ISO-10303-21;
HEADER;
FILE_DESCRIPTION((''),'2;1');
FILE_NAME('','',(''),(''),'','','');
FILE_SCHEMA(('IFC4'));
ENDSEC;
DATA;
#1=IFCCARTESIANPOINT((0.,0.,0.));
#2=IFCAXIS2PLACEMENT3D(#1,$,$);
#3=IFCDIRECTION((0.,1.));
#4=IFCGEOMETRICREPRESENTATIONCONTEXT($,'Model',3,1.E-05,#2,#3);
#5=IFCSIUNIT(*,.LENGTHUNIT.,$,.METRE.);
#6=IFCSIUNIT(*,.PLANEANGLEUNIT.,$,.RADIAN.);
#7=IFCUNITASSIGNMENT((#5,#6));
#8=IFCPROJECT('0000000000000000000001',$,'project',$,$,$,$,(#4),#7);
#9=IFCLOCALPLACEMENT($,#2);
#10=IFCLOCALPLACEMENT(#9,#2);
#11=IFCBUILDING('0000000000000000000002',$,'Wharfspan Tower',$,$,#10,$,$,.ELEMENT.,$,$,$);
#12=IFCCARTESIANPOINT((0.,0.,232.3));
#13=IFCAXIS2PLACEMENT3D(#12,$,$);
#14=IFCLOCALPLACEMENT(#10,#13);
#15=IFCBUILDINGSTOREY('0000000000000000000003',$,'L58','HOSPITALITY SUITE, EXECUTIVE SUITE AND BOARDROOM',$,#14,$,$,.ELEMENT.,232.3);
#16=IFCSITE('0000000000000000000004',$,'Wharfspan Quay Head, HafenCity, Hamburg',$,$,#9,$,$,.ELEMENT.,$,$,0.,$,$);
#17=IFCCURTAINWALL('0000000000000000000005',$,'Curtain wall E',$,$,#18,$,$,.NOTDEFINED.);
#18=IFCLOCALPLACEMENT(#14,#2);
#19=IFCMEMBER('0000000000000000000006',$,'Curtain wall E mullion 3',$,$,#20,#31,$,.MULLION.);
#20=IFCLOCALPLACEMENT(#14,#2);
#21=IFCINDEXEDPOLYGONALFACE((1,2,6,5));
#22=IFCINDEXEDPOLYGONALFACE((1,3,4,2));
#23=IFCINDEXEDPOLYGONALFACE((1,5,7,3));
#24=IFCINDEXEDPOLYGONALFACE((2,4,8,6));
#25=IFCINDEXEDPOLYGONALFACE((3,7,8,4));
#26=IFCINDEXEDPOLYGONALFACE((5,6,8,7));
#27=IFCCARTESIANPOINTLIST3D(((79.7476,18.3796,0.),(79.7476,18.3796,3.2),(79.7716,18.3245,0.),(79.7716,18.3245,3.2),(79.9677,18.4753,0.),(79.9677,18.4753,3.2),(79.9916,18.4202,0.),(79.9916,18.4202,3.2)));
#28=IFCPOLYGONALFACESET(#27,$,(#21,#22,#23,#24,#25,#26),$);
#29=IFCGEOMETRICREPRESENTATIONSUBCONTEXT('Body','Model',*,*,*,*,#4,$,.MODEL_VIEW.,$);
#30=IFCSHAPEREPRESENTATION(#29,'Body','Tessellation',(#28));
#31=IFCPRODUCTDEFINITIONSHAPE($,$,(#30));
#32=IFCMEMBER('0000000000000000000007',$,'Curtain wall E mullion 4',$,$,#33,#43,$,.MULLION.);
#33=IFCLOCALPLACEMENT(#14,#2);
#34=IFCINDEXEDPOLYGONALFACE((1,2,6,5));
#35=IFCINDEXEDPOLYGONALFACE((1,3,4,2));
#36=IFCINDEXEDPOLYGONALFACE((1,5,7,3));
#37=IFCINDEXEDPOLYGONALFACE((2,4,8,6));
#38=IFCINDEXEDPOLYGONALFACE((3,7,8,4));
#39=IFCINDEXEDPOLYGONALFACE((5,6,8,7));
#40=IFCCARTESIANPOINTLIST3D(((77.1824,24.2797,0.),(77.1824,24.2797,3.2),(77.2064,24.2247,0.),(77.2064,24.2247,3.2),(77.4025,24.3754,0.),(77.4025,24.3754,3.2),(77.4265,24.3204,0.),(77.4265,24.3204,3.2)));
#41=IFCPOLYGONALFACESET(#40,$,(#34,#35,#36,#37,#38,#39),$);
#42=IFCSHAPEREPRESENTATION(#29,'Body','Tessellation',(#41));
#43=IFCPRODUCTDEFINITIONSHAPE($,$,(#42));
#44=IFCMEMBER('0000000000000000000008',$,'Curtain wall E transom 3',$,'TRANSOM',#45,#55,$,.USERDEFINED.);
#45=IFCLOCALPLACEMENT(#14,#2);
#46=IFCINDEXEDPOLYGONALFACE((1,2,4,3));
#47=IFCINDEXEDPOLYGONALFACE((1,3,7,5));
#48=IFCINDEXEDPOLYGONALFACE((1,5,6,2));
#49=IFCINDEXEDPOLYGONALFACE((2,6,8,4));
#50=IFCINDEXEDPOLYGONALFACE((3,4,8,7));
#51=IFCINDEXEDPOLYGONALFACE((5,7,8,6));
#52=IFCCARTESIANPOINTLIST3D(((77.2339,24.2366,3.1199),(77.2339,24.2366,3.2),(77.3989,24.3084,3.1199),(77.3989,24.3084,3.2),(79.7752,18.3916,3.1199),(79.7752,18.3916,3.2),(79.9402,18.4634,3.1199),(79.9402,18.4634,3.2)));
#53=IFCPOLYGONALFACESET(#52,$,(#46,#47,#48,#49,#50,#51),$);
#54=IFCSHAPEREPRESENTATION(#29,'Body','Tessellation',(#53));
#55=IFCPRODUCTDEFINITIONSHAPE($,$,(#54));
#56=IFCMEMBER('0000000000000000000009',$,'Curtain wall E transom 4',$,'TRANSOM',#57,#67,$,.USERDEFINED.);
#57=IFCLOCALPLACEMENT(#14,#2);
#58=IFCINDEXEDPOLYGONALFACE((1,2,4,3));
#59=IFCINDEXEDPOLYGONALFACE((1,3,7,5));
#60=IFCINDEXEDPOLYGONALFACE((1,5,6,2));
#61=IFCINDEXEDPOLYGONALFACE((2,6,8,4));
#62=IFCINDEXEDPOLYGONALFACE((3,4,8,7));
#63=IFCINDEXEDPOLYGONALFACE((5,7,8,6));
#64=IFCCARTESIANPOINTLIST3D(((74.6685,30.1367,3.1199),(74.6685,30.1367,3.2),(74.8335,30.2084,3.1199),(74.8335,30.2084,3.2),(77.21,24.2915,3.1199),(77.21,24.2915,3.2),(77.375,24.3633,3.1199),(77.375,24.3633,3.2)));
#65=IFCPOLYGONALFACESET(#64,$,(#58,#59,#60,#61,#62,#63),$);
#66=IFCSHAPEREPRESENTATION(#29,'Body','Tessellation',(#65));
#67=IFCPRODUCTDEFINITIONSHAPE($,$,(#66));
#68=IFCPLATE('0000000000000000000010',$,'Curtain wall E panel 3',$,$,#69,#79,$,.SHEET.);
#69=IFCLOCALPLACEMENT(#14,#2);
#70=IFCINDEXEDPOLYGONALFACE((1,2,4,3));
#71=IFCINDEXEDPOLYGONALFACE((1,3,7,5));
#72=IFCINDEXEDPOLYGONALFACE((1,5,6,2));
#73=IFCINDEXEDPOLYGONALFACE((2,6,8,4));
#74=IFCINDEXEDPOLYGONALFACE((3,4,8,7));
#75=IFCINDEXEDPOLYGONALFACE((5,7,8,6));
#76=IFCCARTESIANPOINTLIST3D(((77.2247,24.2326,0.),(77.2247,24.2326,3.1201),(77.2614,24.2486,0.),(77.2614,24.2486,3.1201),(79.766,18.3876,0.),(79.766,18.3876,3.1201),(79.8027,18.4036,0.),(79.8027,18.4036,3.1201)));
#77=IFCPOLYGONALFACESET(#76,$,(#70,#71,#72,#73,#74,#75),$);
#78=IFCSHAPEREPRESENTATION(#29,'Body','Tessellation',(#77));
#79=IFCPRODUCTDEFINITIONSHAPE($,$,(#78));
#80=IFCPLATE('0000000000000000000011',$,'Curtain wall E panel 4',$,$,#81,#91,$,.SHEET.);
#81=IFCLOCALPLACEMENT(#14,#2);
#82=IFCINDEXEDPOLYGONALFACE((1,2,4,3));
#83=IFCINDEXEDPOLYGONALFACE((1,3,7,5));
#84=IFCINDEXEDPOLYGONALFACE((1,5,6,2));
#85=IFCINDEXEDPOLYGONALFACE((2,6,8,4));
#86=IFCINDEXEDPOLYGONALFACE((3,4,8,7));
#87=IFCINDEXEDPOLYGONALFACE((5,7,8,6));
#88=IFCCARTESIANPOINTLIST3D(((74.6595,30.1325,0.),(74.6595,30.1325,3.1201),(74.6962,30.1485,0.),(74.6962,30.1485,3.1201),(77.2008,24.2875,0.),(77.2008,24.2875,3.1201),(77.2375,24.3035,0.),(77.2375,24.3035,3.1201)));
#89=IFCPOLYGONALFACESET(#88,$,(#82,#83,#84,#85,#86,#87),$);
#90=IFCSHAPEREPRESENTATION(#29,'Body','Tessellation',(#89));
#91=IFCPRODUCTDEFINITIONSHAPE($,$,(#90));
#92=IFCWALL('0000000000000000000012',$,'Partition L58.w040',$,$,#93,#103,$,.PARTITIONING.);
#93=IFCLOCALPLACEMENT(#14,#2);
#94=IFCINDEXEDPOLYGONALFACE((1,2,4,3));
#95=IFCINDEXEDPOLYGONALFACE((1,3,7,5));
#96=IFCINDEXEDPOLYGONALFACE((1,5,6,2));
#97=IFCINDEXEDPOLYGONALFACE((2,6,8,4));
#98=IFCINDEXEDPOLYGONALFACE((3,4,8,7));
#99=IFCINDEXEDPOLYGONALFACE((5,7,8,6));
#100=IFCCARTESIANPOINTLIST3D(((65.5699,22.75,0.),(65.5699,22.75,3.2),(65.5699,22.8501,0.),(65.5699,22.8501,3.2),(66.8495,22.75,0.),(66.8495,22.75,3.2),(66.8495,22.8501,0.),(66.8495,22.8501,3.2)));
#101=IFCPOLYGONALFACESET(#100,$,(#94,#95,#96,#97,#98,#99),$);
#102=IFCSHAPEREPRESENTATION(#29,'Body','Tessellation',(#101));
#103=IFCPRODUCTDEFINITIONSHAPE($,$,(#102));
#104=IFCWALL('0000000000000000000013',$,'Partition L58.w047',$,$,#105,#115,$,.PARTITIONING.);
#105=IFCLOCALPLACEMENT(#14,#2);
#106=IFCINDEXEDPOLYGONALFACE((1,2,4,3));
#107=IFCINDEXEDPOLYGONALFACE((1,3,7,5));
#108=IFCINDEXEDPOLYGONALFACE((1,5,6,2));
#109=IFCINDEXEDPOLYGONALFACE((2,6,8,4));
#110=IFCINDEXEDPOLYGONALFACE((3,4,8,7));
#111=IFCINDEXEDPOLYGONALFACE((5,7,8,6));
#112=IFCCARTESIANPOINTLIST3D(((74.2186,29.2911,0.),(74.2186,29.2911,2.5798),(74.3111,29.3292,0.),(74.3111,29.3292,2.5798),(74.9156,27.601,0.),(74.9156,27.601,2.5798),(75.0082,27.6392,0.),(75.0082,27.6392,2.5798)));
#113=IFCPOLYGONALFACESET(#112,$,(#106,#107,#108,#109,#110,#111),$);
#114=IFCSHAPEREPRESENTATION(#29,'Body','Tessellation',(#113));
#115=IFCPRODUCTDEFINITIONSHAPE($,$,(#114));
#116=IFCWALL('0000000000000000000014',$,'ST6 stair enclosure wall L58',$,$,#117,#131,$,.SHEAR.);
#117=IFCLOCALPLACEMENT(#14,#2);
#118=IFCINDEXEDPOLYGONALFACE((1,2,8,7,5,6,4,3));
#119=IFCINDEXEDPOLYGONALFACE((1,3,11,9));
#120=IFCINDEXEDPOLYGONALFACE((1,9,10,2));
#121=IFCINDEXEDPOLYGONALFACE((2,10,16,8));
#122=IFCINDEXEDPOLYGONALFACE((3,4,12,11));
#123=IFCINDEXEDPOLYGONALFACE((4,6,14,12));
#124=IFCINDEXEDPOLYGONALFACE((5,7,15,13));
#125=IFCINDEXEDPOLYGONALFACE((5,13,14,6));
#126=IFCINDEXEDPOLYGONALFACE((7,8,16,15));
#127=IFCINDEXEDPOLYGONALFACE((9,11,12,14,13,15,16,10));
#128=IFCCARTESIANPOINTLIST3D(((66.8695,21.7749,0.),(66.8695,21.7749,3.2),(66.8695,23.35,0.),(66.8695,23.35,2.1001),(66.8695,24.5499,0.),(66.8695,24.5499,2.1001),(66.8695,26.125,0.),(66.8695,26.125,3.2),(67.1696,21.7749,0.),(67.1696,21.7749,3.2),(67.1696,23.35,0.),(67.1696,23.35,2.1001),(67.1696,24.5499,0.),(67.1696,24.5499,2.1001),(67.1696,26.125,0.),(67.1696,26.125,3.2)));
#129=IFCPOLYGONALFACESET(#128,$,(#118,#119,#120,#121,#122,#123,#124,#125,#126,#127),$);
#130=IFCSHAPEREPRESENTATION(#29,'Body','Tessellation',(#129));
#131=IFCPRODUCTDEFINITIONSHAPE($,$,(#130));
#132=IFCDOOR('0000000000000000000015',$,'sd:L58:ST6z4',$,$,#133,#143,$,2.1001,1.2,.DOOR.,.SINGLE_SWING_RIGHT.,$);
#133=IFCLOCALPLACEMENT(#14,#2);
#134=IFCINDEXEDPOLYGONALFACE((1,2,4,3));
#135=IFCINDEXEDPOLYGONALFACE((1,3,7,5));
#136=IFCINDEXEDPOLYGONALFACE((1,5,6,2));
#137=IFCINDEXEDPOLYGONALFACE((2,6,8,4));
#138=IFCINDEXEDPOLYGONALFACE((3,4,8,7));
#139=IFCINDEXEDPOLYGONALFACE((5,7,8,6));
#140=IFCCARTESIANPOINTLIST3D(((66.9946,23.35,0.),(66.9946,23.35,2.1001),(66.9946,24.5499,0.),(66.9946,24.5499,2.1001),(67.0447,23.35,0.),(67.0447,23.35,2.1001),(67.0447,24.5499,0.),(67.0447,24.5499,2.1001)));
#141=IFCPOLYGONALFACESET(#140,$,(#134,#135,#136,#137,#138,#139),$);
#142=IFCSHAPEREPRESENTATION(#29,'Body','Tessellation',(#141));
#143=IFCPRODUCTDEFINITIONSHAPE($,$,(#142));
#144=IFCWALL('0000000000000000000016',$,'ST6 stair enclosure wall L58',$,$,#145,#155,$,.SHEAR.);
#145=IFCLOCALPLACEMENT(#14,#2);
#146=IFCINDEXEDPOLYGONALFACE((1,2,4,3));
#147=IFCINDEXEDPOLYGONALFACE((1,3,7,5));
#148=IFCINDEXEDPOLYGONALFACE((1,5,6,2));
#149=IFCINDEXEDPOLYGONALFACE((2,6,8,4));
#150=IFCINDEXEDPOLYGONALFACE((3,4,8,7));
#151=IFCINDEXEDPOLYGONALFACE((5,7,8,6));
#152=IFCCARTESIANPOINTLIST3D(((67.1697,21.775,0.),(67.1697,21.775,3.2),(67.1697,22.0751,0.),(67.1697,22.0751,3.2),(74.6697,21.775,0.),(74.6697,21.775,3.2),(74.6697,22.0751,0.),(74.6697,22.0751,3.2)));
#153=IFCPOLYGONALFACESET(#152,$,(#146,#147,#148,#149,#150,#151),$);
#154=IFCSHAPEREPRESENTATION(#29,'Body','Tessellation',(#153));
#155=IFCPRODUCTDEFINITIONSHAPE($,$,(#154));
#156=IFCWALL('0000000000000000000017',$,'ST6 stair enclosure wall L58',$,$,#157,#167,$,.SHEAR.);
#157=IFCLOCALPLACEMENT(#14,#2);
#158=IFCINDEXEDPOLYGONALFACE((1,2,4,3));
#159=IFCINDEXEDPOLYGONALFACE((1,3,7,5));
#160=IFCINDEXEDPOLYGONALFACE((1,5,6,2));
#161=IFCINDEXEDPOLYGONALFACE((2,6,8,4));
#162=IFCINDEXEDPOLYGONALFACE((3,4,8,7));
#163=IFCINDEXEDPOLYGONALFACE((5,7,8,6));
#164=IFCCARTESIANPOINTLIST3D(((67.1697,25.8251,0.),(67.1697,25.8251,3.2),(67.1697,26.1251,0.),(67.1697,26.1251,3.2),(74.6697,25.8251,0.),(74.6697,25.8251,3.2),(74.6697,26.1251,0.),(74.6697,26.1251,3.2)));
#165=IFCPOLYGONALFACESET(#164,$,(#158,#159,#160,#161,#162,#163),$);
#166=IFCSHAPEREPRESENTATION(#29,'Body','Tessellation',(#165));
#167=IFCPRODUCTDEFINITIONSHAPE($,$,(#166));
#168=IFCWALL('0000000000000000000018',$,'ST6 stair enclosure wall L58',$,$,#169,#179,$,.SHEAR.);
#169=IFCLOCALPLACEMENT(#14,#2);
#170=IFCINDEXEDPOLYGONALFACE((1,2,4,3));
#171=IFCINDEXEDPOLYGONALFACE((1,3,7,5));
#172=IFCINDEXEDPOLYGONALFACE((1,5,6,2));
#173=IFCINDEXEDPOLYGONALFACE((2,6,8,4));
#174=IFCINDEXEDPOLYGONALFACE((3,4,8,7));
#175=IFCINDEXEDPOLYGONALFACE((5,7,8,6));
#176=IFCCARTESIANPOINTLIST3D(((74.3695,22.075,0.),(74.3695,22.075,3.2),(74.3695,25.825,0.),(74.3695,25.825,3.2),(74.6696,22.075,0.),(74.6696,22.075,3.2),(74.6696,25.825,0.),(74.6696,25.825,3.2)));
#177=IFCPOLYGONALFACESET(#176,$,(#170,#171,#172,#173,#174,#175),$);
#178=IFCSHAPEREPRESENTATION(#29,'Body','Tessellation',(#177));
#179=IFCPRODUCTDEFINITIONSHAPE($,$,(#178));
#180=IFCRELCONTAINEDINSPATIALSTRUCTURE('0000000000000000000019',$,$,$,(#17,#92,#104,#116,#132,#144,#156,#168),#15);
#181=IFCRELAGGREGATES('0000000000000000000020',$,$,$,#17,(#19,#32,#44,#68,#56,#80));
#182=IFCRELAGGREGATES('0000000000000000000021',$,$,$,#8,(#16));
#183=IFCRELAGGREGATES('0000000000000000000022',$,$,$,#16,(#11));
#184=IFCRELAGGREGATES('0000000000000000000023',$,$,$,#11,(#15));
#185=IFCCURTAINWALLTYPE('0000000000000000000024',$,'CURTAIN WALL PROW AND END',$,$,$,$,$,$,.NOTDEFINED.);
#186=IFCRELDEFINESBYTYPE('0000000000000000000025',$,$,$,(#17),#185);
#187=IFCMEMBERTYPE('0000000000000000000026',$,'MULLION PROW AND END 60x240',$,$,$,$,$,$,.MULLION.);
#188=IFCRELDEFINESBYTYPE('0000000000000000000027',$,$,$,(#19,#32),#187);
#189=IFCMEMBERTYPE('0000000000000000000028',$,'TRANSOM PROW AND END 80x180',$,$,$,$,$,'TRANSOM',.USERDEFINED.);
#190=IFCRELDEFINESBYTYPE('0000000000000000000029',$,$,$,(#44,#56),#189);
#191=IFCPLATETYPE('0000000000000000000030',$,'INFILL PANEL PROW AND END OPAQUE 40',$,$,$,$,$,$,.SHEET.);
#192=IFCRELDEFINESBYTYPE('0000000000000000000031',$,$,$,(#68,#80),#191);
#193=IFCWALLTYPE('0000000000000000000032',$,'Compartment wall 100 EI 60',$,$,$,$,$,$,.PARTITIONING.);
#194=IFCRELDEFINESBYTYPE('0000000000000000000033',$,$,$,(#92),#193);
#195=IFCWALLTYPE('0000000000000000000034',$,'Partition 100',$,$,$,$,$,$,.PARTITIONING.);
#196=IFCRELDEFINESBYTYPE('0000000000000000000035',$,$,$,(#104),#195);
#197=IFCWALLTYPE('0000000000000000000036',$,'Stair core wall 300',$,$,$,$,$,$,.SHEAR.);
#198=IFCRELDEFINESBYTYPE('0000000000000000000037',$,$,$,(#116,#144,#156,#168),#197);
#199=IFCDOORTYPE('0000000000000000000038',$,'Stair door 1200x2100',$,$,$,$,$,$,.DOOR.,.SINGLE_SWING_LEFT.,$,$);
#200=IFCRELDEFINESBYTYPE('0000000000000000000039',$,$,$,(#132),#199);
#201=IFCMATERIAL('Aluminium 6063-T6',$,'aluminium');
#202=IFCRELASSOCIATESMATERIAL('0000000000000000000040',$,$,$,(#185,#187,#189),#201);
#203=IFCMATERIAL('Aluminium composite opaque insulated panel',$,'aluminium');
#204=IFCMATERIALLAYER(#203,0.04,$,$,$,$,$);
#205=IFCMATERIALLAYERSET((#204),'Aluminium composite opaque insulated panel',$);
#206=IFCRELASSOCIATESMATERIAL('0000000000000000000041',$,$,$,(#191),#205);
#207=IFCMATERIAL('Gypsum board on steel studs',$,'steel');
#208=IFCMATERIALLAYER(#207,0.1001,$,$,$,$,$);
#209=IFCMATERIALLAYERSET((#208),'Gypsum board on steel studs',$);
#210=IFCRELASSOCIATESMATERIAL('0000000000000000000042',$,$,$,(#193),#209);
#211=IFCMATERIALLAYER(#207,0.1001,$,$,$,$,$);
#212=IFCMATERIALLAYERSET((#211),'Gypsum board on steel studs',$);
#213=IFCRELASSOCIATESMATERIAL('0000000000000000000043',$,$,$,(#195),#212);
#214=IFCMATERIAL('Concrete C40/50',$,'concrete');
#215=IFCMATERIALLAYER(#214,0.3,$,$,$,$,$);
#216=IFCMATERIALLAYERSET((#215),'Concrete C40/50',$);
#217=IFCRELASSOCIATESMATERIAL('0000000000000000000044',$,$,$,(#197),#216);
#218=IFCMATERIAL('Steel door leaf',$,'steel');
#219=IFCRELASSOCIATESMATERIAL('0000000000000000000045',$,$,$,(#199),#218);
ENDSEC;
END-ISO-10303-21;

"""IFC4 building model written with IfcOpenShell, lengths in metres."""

from ifc_helpers import new_model, si_unit, direction, frame, frame_2d, origin, origin_2d, place, context, subcontext, project, spatial, rectangle, extrude, material, layer, layer_set, material_profile, profile_set, type_object, element, fill, aggregate, save


model = new_model("IFC4")

# Units and contexts
model_context = context("Model", 3, precision=1e-05, world=origin(), true_north=direction((0.0, 1.0)))
body_context = subcontext(model_context, "Body", "Model", "MODEL_VIEW")
ifc_project = project(units=[si_unit("LENGTHUNIT", "METRE"), si_unit("PLANEANGLEUNIT", "RADIAN")], contexts=[model_context])

# Site, building, storey
site_placement = place(None, origin())
site = spatial("IfcSite", under=ifc_project, at=site_placement, Name="Wharfspan Quay Head, HafenCity, Hamburg", CompositionType="ELEMENT", RefElevation=0.0)
building_placement = place(site_placement, origin())
building = spatial("IfcBuilding", under=site, at=building_placement, Name="Wharfspan Tower", CompositionType="ELEMENT")
storey_placement = place(building_placement, frame((0.0, 0.0, 232.3)))
storey = spatial("IfcBuildingStorey", under=building, at=storey_placement, Name="L58", Description="HOSPITALITY SUITE, EXECUTIVE SUITE AND BOARDROOM", CompositionType="ELEMENT", Elevation=232.3)

# Curtain wall, members, plates
ifc_material_1 = material(Name="Aluminium 6063-T6", Category="aluminium")
curtain_wall_type = type_object("IfcCurtainWallType", Name="CURTAIN WALL PROW AND END", PredefinedType="NOTDEFINED", material=ifc_material_1)
curtain_wall_placement = place(storey_placement, origin())
curtain_wall = element("IfcCurtainWall", 1, at=curtain_wall_placement, inside=storey, type_object=curtain_wall_type, Name="Curtain wall E", PredefinedType="NOTDEFINED")
ifc_material_profile_1 = material_profile(ifc_material_1, rectangle(XDim=0.24, YDim=0.0601, at=origin_2d()))
ifc_profile_set_1 = profile_set([ifc_material_profile_1], Name="Aluminium 6063-T6")
member_type_1 = type_object("IfcMemberType", Name="MULLION PROW AND END 60x240", PredefinedType="MULLION", material=ifc_profile_set_1)
member_1_placement = place(storey_placement, frame((79.8696, 18.3999, 0.0), z_axis=(0.0, 0.0, 1.0), x_axis=(-0.917072, -0.398727, 0.0)))
member_1 = element("IfcMember", 2, at=member_1_placement, type_object=member_type_1, Name="Curtain wall E mullion 3", PredefinedType="MULLION", context=body_context, shape_type="SweptSolid", body=[
    extrude(rectangle(XDim=0.24, YDim=0.0601, at=origin_2d()), origin(), (0.0, 0.0, 1.0), 3.2),
])
member_2_placement = place(storey_placement, frame((77.3044, 24.3, 0.0), z_axis=(0.0, 0.0, 1.0), x_axis=(-0.917072, -0.398727, 0.0)))
member_2 = element("IfcMember", 3, at=member_2_placement, type_object=member_type_1, Name="Curtain wall E mullion 4", PredefinedType="MULLION", context=body_context, shape_type="SweptSolid", body=[
    extrude(rectangle(XDim=0.24, YDim=0.0601, at=origin_2d()), origin(), (0.0, 0.0, 1.0), 3.2),
])
ifc_material_profile_2 = material_profile(ifc_material_1, rectangle(XDim=0.1799, YDim=0.0801, at=origin_2d()))
ifc_profile_set_2 = profile_set([ifc_material_profile_2], Name="Aluminium 6063-T6")
member_type_2 = type_object("IfcMemberType", Name="TRANSOM PROW AND END 80x180", ElementType="TRANSOM", PredefinedType="USERDEFINED", material=ifc_profile_set_2)
member_3_placement = place(storey_placement, frame((79.8577, 18.4275, 3.1599), z_axis=(-0.398722, 0.917072, 0.0), x_axis=(-0.917072, -0.398722, 0.0)))
member_3 = element("IfcMember", 4, at=member_3_placement, type_object=member_type_2, Name="Curtain wall E transom 3", ObjectType="TRANSOM", PredefinedType="USERDEFINED", context=body_context, shape_type="SweptSolid", body=[
    extrude(rectangle(XDim=0.1799, YDim=0.0801, at=origin_2d()), origin(), (0.0, 0.0, 1.0), 6.3735),
])
member_4_placement = place(storey_placement, frame((77.2925, 24.3274, 3.1599), z_axis=(-0.39874, 0.917064, 0.0), x_axis=(-0.917064, -0.39874, 0.0)))
member_4 = element("IfcMember", 5, at=member_4_placement, type_object=member_type_2, Name="Curtain wall E transom 4", ObjectType="TRANSOM", PredefinedType="USERDEFINED", context=body_context, shape_type="SweptSolid", body=[
    extrude(rectangle(XDim=0.1799, YDim=0.0801, at=origin_2d()), origin(), (0.0, 0.0, 1.0), 6.3738),
])
ifc_material_2 = material(Name="Aluminium composite opaque insulated panel", Category="aluminium")
ifc_layer_1 = layer(ifc_material_2, 0.04)
ifc_layer_set_1 = layer_set([ifc_layer_1], Name="Aluminium composite opaque insulated panel")
plate_type = type_object("IfcPlateType", Name="INFILL PANEL PROW AND END OPAQUE 40", PredefinedType="SHEET", material=ifc_layer_set_1)
plate_1_placement = place(storey_placement, frame((78.5137, 21.3181, 0.0), z_axis=(0.0, 0.0, 1.0), x_axis=(-0.398727, 0.917072, 0.0)))
plate_1 = element("IfcPlate", 6, at=plate_1_placement, type_object=plate_type, Name="Curtain wall E panel 3", PredefinedType="SHEET", context=body_context, shape_type="SweptSolid", body=[
    extrude(rectangle(XDim=6.3735, YDim=0.04, at=origin_2d()), origin(), (0.0, 0.0, 1.0), 3.1201),
])
plate_2_placement = place(storey_placement, frame((75.9485, 27.218, 0.0), z_axis=(0.0, 0.0, 1.0), x_axis=(-0.398727, 0.917072, 0.0)))
plate_2 = element("IfcPlate", 7, at=plate_2_placement, type_object=plate_type, Name="Curtain wall E panel 4", PredefinedType="SHEET", context=body_context, shape_type="SweptSolid", body=[
    extrude(rectangle(XDim=6.3735, YDim=0.04, at=origin_2d()), origin(), (0.0, 0.0, 1.0), 3.1201),
])
aggregate(curtain_wall, [member_1, member_2, member_3, plate_1, member_4, plate_2])

# Walls
ifc_material_3 = material(Name="Gypsum board on steel studs", Category="steel")
ifc_layer_2 = layer(ifc_material_3, 0.1001)
ifc_layer_set_2 = layer_set([ifc_layer_2], Name="Gypsum board on steel studs")
wall_type_1 = type_object("IfcWallType", Name="Compartment wall 100 EI 60", PredefinedType="PARTITIONING", material=ifc_layer_set_2)
wall_1_placement = place(storey_placement, frame((65.5701, 22.8, 0.0), z_axis=(0.0, 0.0, 1.0), x_axis=(1.0, 0.0, 0.0)))
element("IfcWall", 8, at=wall_1_placement, inside=storey, type_object=wall_type_1, Name="Partition L58.w040", PredefinedType="PARTITIONING", context=body_context, shape_type="SweptSolid", body=[
    extrude(rectangle(XDim=1.2795, YDim=0.1001, at=frame_2d((0.6396, 0.0))), origin(), (0.0, 0.0, 1.0), 3.2),
])
ifc_layer_3 = layer(ifc_material_3, 0.1001)
ifc_layer_set_3 = layer_set([ifc_layer_3], Name="Gypsum board on steel studs")
wall_type_2 = type_object("IfcWallType", Name="Partition 100", PredefinedType="PARTITIONING", material=ifc_layer_set_3)
wall_2_placement = place(storey_placement, frame((74.9619, 27.6201, 0.0), z_axis=(0.0, 0.0, 1.0), x_axis=(-0.381293, 0.924452, 0.0)))
element("IfcWall", 9, at=wall_2_placement, inside=storey, type_object=wall_type_2, Name="Partition L58.w047", PredefinedType="PARTITIONING", context=body_context, shape_type="SweptSolid", body=[
    extrude(rectangle(XDim=1.8281, YDim=0.1001, at=frame_2d((0.9141, 0.0))), origin(), (0.0, 0.0, 1.0), 2.5798),
])

# Wall, opening, door
ifc_material_4 = material(Name="Concrete C40/50", Category="concrete")
ifc_layer_4 = layer(ifc_material_4, 0.3)
ifc_layer_set_4 = layer_set([ifc_layer_4], Name="Concrete C40/50")
wall_type_3 = type_object("IfcWallType", Name="Stair core wall 300", PredefinedType="SHEAR", material=ifc_layer_set_4)
wall_3_placement = place(storey_placement, frame((67.0195, 21.7749, 0.0), z_axis=(0.0, 0.0, 1.0), x_axis=(0.0, 1.0, 0.0)))
wall_3 = element("IfcWall", 10, at=wall_3_placement, inside=storey, type_object=wall_type_3, Name="ST6 stair enclosure wall L58", PredefinedType="SHEAR", context=body_context, shape_type="SweptSolid", body=[
    extrude(rectangle(XDim=4.3501, YDim=0.3, at=frame_2d((2.175, 0.0))), origin(), (0.0, 0.0, 1.0), 3.2),
])
opening_placement = place(wall_3_placement, frame((1.575, 0.0, 0.0)))
opening = element("IfcOpeningElement", 11, at=opening_placement, cuts=wall_3, PredefinedType="OPENING", context=body_context, shape_type="SweptSolid", body=[
    extrude(rectangle(XDim=1.2, YDim=2.1001, at=frame_2d((0.6001, 1.05))), frame((0.0, 0.1599, 0.0), z_axis=(0.0, -1.0, 0.0), x_axis=(1.0, 0.0, 0.0)), (0.0, 0.0, 1.0), 0.3201),
])
ifc_material_5 = material(Name="Steel door leaf", Category="steel")
door_type = type_object("IfcDoorType", Name="Stair door 1200x2100", OperationType="SINGLE_SWING_LEFT", PredefinedType="DOOR", material=ifc_material_5)
door_placement = place(opening_placement, origin())
door = element("IfcDoor", 12, at=door_placement, inside=storey, type_object=door_type, Name="sd:L58:ST6z4", OperationType="SINGLE_SWING_RIGHT", OverallHeight=2.1001, OverallWidth=1.2, PredefinedType="DOOR", context=body_context, shape_type="SweptSolid", body=[
    extrude(rectangle(XDim=1.2, YDim=2.1001, at=frame_2d((0.6001, 1.05))), frame((0.0, 0.0249, 0.0), z_axis=(0.0, -1.0, 0.0), x_axis=(1.0, 0.0, 0.0)), (0.0, 0.0, 1.0), 0.05),
])
fill(opening, door)

# Walls
for number, where, z_axis, x_axis, name in (
    (13, (67.1697, 21.925, 0.0), (0.0, 0.0, 1.0), (1.0, 0.0, 0.0), "ST6 stair enclosure wall L58"),
    (14, (67.1697, 25.9751, 0.0), (0.0, 0.0, 1.0), (1.0, 0.0, 0.0), "ST6 stair enclosure wall L58"),
):
    element("IfcWall", number, at=place(storey_placement, frame(where, z_axis=z_axis, x_axis=x_axis)), inside=storey, type_object=wall_type_3, Name=name, PredefinedType="SHEAR", context=body_context, shape_type="SweptSolid", body=[
        extrude(rectangle(XDim=7.5, YDim=0.3, at=frame_2d((3.75, 0.0))), origin(), (0.0, 0.0, 1.0), 3.2),
    ])
wall_4_placement = place(storey_placement, frame((74.5195, 22.075, 0.0), z_axis=(0.0, 0.0, 1.0), x_axis=(0.0, 1.0, 0.0)))
element("IfcWall", 15, at=wall_4_placement, inside=storey, type_object=wall_type_3, Name="ST6 stair enclosure wall L58", PredefinedType="SHEAR", context=body_context, shape_type="SweptSolid", body=[
    extrude(rectangle(XDim=3.75, YDim=0.3, at=frame_2d((1.875, 0.0))), origin(), (0.0, 0.0, 1.0), 3.2),
])

save(model, "model.ifc")
